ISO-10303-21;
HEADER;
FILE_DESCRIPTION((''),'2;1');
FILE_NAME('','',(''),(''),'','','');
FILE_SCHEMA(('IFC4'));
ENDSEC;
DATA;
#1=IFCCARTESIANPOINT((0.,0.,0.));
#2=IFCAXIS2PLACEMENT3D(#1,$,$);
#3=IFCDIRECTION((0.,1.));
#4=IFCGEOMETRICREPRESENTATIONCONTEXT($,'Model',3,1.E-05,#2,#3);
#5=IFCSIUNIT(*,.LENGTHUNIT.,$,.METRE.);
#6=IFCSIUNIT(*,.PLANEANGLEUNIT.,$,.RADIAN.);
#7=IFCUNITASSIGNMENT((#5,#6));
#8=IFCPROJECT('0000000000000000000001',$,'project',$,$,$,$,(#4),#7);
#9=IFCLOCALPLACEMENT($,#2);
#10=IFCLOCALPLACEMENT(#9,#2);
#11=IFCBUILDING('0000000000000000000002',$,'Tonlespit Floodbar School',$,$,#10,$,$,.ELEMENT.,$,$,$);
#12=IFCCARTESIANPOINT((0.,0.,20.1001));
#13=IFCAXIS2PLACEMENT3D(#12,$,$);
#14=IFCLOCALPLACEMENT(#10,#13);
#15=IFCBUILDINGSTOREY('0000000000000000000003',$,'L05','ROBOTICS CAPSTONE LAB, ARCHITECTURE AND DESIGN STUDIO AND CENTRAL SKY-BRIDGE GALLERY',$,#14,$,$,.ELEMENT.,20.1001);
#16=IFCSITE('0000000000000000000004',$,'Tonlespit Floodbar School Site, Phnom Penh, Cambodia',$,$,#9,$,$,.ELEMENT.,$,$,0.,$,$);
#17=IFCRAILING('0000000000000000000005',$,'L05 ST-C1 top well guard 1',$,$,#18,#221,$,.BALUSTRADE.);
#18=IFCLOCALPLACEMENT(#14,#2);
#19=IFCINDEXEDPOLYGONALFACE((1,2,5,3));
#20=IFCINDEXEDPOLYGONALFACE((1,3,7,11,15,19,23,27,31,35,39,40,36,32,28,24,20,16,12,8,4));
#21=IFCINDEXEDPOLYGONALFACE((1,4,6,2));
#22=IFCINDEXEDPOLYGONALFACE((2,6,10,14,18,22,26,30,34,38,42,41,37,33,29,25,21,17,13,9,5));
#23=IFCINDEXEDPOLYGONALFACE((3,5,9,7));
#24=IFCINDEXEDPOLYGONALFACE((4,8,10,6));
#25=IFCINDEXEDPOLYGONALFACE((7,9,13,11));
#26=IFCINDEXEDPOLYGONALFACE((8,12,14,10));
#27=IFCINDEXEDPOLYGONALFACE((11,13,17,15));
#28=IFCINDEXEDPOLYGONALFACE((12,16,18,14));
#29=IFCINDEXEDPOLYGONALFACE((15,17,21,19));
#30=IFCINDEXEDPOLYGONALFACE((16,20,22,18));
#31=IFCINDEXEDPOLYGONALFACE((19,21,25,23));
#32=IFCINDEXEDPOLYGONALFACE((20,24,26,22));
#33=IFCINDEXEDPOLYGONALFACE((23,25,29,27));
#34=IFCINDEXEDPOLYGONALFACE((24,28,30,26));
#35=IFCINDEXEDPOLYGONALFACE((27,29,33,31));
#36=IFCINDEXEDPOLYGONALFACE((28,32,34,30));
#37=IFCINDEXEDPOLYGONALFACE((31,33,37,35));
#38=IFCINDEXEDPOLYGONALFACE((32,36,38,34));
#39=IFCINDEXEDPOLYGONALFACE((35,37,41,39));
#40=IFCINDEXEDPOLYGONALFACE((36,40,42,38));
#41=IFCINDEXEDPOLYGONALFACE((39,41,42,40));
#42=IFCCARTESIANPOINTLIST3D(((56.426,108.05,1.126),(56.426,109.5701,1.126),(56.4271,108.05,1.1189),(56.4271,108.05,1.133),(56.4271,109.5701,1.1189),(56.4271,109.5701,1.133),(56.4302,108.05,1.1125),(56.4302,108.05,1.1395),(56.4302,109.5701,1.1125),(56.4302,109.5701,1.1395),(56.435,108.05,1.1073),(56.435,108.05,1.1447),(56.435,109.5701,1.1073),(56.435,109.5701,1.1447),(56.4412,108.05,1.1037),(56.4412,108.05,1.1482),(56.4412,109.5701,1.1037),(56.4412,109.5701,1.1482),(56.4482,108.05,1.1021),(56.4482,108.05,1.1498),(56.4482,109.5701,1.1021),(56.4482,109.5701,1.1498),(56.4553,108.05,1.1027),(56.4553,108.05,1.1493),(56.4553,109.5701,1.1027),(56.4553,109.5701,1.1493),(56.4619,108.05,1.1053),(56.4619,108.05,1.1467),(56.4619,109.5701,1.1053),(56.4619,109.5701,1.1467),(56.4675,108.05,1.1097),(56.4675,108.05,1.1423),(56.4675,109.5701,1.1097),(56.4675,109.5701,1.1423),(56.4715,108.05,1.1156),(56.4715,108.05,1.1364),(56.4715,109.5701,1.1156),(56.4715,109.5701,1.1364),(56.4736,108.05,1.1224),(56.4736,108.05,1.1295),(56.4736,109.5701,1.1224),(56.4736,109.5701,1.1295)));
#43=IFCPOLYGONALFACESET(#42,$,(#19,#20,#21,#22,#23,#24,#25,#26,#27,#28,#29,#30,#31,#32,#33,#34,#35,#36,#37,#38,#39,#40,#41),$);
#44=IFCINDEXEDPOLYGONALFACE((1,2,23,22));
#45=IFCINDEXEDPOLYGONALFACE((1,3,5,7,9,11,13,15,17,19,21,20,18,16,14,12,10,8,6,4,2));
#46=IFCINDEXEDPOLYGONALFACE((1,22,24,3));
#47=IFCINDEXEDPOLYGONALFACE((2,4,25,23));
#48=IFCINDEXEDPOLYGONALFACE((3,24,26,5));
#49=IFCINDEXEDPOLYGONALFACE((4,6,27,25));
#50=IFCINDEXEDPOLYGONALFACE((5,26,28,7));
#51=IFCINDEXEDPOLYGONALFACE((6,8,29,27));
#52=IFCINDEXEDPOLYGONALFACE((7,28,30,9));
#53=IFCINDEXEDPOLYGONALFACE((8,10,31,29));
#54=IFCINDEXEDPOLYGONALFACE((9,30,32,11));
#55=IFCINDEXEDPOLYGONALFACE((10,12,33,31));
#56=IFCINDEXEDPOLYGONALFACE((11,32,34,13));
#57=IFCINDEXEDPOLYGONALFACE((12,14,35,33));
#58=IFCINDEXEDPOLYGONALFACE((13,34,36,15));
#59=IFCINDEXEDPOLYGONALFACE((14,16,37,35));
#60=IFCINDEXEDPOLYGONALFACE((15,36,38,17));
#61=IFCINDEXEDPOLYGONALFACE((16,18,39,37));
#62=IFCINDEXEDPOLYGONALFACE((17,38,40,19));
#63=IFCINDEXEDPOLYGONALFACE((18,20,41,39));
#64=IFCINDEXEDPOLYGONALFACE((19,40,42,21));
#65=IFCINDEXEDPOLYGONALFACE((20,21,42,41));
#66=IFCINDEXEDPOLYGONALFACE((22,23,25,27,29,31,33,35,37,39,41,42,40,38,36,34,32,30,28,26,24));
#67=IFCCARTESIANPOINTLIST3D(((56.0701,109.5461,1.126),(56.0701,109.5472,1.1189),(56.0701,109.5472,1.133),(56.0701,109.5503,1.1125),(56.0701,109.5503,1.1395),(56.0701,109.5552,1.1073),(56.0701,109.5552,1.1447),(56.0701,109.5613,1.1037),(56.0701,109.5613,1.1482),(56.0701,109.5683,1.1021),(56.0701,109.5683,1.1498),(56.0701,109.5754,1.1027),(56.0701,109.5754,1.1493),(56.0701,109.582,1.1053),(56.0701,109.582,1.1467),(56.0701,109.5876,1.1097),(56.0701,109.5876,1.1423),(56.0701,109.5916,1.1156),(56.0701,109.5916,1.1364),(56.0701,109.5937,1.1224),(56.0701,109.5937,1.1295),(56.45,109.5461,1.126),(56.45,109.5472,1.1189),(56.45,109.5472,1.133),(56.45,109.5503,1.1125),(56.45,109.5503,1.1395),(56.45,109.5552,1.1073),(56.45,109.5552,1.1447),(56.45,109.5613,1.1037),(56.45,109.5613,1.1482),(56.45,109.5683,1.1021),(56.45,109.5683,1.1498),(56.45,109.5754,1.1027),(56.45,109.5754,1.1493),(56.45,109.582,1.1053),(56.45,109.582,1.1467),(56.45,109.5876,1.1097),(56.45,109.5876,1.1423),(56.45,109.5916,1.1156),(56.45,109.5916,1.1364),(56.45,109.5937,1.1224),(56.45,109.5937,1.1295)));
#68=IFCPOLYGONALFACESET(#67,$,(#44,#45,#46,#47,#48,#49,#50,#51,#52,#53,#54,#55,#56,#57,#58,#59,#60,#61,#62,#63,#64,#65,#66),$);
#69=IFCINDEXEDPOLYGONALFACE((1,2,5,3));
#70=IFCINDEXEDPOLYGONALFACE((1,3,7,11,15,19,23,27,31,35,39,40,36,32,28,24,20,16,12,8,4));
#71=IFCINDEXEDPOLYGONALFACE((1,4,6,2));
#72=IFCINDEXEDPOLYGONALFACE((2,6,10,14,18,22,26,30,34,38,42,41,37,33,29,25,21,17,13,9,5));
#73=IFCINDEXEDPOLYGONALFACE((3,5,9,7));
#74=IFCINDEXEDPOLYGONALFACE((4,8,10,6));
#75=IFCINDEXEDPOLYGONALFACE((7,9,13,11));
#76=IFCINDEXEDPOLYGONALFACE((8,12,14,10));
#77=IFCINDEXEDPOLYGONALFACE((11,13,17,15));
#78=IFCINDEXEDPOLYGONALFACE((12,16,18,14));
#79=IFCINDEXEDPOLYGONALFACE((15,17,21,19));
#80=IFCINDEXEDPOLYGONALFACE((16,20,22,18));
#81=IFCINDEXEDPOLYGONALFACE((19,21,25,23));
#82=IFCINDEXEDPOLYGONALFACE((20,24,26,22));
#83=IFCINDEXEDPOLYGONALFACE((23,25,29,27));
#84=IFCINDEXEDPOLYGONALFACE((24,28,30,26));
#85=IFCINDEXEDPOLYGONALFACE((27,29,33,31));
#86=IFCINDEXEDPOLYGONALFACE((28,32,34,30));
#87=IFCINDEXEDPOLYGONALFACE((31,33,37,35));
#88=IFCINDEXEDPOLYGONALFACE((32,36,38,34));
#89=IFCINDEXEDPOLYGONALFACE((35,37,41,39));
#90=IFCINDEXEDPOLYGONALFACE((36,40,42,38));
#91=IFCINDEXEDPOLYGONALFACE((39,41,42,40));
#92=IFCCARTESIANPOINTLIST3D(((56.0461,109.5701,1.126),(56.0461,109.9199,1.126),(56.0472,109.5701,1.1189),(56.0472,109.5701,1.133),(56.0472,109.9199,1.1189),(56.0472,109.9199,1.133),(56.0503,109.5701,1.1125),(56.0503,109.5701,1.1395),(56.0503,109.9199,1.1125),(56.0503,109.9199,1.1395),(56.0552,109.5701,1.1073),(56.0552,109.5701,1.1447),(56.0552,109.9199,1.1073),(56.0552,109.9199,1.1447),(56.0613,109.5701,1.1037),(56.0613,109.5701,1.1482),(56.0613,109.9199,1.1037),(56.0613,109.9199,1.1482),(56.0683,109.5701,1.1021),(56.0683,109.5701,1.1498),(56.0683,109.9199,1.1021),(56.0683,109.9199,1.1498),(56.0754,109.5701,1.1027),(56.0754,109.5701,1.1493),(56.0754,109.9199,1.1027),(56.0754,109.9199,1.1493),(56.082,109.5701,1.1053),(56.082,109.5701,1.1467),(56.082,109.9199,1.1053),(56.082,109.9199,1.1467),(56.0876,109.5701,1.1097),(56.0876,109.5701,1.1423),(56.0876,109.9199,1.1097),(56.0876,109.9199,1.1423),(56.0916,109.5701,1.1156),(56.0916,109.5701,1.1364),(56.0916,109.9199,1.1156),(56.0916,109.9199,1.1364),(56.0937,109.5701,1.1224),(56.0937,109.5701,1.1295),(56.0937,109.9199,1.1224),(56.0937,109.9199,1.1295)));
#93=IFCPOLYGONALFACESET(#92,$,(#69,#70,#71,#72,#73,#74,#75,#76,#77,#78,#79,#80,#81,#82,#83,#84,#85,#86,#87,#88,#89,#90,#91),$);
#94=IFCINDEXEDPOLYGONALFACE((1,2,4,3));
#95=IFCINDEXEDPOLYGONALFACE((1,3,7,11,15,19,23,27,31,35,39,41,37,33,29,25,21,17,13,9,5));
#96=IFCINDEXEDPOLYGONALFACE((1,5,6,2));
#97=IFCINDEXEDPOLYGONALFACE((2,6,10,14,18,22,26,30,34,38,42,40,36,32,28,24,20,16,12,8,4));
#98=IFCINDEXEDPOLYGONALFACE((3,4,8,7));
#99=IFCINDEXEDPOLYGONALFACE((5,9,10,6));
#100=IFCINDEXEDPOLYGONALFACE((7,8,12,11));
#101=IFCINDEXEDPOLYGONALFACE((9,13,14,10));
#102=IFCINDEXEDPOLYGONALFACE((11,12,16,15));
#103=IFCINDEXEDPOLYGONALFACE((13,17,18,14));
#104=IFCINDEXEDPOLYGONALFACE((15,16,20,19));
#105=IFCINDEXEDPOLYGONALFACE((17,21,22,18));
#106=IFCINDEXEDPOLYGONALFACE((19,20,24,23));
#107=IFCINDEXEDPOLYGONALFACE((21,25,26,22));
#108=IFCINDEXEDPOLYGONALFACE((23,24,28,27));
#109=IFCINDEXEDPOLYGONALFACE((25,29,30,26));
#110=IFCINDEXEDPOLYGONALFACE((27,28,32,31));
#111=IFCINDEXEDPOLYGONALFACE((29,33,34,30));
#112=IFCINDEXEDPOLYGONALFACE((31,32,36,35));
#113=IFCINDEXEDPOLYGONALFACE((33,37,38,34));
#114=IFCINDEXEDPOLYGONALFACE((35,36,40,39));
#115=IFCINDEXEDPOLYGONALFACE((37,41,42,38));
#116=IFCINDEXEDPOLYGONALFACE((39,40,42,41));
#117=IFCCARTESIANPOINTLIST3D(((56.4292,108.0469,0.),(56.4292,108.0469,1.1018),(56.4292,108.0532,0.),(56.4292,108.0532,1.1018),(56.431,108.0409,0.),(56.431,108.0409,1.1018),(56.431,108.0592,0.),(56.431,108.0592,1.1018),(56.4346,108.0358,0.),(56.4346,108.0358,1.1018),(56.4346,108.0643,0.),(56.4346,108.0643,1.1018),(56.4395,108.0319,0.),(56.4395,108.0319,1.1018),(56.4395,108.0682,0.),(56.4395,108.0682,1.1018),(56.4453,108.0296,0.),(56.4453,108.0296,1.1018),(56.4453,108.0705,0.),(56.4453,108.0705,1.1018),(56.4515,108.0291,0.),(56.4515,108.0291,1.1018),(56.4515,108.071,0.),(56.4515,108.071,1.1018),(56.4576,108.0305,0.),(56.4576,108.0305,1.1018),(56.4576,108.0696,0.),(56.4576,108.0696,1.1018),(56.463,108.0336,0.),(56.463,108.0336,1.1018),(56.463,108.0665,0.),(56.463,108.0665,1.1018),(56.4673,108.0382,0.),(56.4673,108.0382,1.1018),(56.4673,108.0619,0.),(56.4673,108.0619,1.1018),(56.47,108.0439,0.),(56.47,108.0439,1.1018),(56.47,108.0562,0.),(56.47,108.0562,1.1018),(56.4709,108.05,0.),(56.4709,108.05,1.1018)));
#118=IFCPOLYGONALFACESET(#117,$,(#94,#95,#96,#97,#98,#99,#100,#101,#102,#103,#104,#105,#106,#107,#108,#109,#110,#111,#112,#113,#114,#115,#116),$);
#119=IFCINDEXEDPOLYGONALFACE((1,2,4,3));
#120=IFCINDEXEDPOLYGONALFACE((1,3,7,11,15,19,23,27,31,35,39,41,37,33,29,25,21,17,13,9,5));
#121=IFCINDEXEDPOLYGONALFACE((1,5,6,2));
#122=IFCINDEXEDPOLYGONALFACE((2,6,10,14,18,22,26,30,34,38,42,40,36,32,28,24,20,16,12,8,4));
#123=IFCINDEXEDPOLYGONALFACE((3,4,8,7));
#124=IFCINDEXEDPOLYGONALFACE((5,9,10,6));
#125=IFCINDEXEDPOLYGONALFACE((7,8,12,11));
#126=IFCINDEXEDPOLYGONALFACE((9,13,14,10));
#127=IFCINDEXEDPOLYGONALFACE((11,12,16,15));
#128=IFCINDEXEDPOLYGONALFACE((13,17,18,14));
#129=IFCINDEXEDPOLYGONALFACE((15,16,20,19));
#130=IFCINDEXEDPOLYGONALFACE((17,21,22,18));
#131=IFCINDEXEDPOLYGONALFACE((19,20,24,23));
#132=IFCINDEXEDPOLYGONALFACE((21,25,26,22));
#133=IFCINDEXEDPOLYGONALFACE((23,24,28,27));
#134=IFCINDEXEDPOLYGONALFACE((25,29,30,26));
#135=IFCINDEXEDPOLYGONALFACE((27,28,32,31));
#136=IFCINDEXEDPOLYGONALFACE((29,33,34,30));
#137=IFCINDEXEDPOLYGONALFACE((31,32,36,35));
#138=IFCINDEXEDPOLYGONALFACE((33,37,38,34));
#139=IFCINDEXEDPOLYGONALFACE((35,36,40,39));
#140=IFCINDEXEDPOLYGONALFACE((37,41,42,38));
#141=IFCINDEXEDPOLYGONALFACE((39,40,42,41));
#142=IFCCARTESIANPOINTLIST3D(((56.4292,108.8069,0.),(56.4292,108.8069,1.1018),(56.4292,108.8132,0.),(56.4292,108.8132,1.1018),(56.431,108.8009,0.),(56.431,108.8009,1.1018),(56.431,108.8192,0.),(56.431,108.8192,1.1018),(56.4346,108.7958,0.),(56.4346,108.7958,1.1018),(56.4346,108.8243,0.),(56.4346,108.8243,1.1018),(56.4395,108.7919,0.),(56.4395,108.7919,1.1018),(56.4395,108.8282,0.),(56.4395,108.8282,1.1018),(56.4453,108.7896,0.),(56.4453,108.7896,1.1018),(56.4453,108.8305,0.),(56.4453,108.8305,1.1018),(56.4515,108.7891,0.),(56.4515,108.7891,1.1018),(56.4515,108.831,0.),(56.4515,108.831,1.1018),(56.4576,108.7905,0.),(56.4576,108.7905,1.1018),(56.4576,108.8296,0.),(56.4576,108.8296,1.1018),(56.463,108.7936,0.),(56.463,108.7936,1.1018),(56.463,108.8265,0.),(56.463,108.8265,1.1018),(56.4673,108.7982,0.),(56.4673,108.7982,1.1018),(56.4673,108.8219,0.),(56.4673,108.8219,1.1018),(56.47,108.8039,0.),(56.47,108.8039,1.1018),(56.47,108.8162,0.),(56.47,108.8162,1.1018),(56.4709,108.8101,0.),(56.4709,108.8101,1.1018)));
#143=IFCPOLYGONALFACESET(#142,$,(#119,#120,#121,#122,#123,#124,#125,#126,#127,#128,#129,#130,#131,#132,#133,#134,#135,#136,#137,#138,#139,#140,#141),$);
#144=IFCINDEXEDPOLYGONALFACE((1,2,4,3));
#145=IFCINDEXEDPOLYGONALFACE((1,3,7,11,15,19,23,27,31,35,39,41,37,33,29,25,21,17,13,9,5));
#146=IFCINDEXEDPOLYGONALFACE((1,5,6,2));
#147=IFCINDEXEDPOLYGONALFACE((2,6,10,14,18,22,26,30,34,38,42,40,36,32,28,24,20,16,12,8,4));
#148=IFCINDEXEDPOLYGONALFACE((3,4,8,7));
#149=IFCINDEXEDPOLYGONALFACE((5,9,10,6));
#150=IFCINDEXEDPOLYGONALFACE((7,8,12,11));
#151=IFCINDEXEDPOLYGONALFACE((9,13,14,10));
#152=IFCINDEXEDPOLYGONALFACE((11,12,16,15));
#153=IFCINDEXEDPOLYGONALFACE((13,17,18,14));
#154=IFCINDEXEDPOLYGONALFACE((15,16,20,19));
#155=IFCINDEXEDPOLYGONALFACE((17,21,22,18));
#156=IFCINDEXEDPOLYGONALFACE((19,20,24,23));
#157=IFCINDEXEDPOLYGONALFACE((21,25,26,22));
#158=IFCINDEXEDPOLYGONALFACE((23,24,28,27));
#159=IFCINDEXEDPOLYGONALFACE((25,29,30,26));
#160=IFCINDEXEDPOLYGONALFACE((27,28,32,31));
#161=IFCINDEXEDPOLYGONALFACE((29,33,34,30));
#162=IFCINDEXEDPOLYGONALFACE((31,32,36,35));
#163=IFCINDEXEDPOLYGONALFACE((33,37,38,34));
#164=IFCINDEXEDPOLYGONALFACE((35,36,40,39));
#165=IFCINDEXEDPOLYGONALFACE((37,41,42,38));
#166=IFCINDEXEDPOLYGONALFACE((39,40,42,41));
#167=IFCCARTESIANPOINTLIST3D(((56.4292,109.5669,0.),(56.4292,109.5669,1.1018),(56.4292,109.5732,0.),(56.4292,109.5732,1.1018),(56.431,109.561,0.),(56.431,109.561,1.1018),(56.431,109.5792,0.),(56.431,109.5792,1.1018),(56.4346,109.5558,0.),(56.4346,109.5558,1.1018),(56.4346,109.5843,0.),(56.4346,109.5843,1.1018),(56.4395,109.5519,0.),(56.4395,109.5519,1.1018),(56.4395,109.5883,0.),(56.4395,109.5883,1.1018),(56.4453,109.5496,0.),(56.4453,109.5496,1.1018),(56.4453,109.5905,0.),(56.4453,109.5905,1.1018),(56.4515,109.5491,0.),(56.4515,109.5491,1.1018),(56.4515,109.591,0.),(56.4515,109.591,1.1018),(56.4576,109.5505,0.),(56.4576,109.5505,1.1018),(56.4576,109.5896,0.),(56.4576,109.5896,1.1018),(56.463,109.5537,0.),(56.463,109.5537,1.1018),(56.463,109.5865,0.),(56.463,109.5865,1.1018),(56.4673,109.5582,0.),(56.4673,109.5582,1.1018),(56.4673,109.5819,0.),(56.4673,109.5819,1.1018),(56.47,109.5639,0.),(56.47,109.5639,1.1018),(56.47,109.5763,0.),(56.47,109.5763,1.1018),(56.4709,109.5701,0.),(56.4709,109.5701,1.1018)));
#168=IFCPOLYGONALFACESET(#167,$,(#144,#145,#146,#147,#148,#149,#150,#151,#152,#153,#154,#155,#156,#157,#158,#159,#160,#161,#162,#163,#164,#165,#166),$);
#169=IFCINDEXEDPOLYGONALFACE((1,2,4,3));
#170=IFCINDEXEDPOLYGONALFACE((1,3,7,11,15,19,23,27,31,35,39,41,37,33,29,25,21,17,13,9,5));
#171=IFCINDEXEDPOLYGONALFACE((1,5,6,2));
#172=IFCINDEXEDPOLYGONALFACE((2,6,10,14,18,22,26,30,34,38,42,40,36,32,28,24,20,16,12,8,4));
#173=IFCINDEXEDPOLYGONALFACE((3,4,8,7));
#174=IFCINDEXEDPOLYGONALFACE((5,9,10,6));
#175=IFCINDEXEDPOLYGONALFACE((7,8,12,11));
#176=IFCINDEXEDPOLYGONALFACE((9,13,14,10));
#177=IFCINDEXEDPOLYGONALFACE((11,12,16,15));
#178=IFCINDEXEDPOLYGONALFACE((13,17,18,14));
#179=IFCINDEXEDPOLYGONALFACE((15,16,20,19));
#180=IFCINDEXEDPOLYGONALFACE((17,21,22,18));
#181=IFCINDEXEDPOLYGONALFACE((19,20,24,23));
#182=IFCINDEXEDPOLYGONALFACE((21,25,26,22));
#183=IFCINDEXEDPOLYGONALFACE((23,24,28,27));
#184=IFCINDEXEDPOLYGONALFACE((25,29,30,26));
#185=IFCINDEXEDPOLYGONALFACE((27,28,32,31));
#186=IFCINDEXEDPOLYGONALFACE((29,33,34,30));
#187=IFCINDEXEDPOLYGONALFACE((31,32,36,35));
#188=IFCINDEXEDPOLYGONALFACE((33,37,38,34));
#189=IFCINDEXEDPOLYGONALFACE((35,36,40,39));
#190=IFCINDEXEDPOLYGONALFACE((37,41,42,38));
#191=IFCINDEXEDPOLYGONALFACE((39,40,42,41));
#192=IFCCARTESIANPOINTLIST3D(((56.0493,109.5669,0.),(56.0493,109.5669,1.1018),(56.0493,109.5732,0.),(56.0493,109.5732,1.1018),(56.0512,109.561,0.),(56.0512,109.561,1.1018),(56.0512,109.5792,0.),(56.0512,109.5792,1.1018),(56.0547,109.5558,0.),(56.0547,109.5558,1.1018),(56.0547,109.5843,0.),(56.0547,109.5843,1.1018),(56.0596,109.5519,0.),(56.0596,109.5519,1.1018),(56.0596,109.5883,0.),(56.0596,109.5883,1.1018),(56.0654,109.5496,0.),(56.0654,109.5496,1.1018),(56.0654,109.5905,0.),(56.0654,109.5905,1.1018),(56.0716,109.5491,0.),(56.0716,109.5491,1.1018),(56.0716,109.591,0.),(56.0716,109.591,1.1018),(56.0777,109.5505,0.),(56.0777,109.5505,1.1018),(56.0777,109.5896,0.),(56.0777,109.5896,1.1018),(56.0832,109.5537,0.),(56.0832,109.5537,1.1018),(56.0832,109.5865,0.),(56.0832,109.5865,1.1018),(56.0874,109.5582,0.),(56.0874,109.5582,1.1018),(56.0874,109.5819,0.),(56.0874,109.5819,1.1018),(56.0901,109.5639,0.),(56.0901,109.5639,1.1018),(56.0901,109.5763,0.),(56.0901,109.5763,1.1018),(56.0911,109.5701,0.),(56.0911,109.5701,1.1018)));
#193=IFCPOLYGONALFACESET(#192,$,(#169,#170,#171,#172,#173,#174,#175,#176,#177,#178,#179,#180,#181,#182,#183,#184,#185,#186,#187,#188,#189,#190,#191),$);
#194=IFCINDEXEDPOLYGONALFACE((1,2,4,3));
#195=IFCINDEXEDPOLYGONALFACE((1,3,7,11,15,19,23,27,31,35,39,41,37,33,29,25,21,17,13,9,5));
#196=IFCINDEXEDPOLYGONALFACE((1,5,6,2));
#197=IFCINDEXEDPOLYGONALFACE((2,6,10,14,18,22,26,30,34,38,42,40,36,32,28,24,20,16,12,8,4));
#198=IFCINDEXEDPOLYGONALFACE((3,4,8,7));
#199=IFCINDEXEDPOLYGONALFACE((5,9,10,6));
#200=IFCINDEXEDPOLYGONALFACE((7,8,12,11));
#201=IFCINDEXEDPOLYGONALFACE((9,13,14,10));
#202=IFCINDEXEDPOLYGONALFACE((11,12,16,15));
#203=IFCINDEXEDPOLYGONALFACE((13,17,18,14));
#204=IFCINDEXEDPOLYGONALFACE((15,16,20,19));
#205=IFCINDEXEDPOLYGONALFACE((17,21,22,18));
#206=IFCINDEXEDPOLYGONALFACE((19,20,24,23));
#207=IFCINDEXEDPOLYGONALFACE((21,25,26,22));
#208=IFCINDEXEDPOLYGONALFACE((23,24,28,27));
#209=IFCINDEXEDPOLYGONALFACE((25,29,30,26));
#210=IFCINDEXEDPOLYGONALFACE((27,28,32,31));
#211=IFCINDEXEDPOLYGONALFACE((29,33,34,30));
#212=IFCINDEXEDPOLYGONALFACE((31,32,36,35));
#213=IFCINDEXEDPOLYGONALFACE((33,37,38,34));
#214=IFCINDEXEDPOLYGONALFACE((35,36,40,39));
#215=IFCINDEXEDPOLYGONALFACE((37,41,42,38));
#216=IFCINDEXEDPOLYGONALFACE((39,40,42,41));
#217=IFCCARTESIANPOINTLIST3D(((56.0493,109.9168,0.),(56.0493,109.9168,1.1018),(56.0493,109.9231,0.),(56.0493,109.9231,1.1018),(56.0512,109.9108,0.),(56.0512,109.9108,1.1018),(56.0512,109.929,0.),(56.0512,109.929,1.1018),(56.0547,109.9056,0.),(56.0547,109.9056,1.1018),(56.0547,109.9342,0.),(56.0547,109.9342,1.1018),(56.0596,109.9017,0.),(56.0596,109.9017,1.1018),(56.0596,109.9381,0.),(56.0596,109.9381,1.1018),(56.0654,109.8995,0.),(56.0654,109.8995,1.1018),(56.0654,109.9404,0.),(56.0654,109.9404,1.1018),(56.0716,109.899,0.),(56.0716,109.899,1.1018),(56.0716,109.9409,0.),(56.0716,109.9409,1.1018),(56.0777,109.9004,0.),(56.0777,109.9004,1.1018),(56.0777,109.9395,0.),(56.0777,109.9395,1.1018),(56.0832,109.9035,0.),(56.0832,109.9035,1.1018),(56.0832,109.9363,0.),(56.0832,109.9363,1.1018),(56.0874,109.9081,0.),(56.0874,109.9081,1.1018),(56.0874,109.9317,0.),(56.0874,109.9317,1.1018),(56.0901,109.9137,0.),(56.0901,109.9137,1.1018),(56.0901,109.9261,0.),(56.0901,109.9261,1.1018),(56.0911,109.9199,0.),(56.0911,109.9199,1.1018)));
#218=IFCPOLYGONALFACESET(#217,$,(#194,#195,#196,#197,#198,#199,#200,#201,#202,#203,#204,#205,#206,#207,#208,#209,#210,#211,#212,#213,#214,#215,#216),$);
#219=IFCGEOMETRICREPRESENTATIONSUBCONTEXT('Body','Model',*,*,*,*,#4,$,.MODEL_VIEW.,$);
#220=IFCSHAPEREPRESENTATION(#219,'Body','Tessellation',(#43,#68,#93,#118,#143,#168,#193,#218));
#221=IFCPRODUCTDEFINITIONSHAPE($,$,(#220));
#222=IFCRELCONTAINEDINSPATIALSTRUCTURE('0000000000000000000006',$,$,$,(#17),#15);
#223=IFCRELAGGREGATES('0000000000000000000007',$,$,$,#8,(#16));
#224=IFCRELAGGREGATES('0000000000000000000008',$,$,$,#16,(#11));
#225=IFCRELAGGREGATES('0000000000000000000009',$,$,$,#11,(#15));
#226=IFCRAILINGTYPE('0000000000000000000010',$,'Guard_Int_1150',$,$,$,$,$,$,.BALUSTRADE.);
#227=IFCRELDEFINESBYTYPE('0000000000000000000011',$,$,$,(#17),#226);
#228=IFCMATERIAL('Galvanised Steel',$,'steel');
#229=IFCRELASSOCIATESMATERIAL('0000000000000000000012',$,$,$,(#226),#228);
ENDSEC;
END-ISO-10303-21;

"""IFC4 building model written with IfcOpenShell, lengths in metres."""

from ifc_helpers import new_model, si_unit, direction, frame, origin, origin_2d, place, context, subcontext, project, spatial, circle, extrude, material, type_object, element, save


model = new_model("IFC4")

# Units and contexts
model_context = context("Model", 3, precision=1e-05, world=origin(), true_north=direction((0.0, 1.0)))
body_context = subcontext(model_context, "Body", "Model", "MODEL_VIEW")
ifc_project = project(units=[si_unit("LENGTHUNIT", "METRE"), si_unit("PLANEANGLEUNIT", "RADIAN")], contexts=[model_context])

# Site, building, storey
site_placement = place(None, origin())
site = spatial("IfcSite", under=ifc_project, at=site_placement, Name="Tonlespit Floodbar School Site, Phnom Penh, Cambodia", CompositionType="ELEMENT", RefElevation=0.0)
building_placement = place(site_placement, origin())
building = spatial("IfcBuilding", under=site, at=building_placement, Name="Tonlespit Floodbar School", CompositionType="ELEMENT")
storey_placement = place(building_placement, frame((0.0, 0.0, 20.1001)))
storey = spatial("IfcBuildingStorey", under=building, at=storey_placement, Name="L05", Description="ROBOTICS CAPSTONE LAB, ARCHITECTURE AND DESIGN STUDIO AND CENTRAL SKY-BRIDGE GALLERY", CompositionType="ELEMENT", Elevation=20.1001)

# Shared definitions
ifc_material_1 = material(Name="Galvanised Steel", Category="steel")

# Railing
railing_type = type_object("IfcRailingType", Name="Guard_Int_1150", PredefinedType="BALUSTRADE", material=ifc_material_1)
railing_placement = place(storey_placement, frame((56.45, 108.05, 0.0)))
element("IfcRailing", 1, at=railing_placement, inside=storey, type_object=railing_type, Name="L05 ST-C1 top well guard 1", PredefinedType="BALUSTRADE", context=body_context, shape_type="SweptSolid", body=[
    extrude(circle(Radius=0.0239, at=origin_2d()), frame((0.0, 0.0, 1.126), z_axis=(0.0, 1.0, 0.0), x_axis=(-1.0, 0.0, 0.0)), (0.0, 0.0, 1.0), 1.52),
    extrude(circle(Radius=0.0239, at=origin_2d()), frame((0.0, 1.52, 1.126), z_axis=(-1.0, 0.0, 0.0), x_axis=(0.0, -1.0, 0.0)), (0.0, 0.0, 1.0), 0.3799),
    extrude(circle(Radius=0.0239, at=origin_2d()), frame((-0.3799, 1.52, 1.126), z_axis=(0.0, 1.0, 0.0), x_axis=(-1.0, 0.0, 0.0)), (0.0, 0.0, 1.0), 0.3499),
    extrude(circle(Radius=0.021, at=origin_2d()), origin(), (0.0, 0.0, 1.0), 1.1018),
    extrude(circle(Radius=0.021, at=origin_2d()), frame((0.0, 0.76, 0.0)), (0.0, 0.0, 1.0), 1.1018),
    extrude(circle(Radius=0.021, at=origin_2d()), frame((0.0, 1.52, 0.0)), (0.0, 0.0, 1.0), 1.1018),
    extrude(circle(Radius=0.021, at=origin_2d()), frame((-0.3799, 1.52, 0.0)), (0.0, 0.0, 1.0), 1.1018),
    extrude(circle(Radius=0.021, at=origin_2d()), frame((-0.3799, 1.8699, 0.0)), (0.0, 0.0, 1.0), 1.1018),
])

save(model, "model.ifc")
